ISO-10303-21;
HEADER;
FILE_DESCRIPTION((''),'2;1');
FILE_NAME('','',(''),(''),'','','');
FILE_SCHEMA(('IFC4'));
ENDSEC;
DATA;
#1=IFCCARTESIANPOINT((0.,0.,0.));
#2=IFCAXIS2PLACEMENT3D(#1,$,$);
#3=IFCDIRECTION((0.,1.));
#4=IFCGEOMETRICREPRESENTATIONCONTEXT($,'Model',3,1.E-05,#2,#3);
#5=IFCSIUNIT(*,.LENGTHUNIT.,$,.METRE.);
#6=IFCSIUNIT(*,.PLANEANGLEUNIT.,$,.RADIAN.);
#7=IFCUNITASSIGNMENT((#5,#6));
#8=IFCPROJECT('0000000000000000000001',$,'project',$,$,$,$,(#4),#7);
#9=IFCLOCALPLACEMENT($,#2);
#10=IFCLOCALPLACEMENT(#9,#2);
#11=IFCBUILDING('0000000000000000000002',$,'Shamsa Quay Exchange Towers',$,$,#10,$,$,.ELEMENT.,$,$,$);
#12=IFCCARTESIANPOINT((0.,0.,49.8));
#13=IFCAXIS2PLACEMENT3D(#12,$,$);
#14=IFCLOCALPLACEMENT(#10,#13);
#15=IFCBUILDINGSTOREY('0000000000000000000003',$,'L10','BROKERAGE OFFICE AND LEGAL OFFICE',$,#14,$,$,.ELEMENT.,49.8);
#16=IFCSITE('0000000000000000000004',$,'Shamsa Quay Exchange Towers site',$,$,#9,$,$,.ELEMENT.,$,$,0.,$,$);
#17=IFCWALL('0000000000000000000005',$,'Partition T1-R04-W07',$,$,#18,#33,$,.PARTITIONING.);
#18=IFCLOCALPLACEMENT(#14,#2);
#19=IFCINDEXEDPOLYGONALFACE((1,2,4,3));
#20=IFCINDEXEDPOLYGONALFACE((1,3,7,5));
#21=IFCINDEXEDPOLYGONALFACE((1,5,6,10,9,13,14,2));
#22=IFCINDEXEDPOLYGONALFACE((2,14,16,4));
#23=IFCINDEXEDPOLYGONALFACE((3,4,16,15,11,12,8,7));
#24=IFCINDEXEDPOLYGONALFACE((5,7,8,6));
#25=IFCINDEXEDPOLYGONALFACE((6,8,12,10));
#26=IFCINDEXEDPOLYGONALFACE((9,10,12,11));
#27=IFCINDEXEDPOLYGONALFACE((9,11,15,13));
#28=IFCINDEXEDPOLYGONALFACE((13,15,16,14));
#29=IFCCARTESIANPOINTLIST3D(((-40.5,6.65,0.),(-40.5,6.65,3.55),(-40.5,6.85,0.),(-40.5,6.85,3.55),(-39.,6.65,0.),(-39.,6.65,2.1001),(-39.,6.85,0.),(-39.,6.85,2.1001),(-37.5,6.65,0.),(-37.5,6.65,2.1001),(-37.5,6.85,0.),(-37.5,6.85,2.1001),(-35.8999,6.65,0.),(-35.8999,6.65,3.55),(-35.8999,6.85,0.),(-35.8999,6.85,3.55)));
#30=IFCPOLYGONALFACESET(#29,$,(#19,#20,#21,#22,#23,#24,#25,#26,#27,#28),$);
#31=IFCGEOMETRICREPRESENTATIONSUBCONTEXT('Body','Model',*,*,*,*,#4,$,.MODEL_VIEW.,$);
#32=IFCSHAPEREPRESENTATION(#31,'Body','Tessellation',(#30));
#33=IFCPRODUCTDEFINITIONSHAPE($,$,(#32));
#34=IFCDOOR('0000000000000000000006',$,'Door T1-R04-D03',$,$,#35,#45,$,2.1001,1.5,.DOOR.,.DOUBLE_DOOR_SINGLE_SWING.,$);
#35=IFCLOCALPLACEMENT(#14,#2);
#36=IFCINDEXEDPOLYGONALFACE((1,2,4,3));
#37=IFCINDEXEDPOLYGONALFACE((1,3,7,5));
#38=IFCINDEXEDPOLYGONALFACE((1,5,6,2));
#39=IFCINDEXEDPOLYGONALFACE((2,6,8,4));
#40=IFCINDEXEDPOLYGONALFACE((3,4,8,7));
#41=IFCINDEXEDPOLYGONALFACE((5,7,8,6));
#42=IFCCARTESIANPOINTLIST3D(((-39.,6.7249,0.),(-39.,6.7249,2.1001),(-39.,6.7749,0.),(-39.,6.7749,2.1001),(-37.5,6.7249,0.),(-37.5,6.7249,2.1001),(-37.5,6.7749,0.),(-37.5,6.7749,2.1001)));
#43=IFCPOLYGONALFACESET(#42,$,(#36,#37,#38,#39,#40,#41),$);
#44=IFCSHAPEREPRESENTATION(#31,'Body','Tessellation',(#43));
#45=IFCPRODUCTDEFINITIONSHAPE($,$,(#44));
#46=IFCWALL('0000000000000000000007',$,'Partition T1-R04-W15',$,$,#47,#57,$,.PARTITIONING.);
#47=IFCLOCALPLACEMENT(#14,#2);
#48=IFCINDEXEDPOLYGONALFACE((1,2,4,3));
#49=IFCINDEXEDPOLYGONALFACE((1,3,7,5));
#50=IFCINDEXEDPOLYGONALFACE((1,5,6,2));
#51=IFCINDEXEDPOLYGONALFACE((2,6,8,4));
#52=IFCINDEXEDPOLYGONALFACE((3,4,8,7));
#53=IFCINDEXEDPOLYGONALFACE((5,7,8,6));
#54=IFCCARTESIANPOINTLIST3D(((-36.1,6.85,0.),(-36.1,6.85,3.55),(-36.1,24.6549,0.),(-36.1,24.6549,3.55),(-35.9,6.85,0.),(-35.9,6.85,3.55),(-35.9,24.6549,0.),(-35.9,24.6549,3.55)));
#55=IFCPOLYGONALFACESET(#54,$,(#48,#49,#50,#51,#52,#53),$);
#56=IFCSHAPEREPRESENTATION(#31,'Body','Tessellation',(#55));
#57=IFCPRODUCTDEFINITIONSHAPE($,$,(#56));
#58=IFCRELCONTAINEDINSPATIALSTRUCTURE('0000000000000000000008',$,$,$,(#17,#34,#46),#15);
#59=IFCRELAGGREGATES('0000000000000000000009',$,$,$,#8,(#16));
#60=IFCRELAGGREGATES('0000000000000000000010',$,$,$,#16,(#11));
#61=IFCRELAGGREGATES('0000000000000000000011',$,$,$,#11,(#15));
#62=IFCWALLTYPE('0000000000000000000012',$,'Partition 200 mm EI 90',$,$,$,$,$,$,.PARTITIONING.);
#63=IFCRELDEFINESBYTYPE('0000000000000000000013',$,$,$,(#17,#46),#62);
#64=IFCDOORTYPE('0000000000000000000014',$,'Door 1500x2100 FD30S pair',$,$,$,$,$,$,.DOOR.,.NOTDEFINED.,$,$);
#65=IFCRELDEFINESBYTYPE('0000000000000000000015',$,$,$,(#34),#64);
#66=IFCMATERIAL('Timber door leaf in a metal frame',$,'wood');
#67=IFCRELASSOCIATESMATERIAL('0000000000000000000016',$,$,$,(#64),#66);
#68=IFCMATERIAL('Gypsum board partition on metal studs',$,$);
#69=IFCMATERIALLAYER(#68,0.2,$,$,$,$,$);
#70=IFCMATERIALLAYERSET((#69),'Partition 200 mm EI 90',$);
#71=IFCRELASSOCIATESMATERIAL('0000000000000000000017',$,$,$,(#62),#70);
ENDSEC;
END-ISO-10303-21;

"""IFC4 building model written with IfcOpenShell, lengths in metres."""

from ifc_helpers import new_model, si_unit, direction, frame, frame_2d, origin, place, context, subcontext, project, spatial, rectangle, extrude, material, layer, layer_set, type_object, element, fill, save


model = new_model("IFC4")

# Units and contexts
model_context = context("Model", 3, precision=1e-05, world=origin(), true_north=direction((0.0, 1.0)))
body_context = subcontext(model_context, "Body", "Model", "MODEL_VIEW")
ifc_project = project(units=[si_unit("LENGTHUNIT", "METRE"), si_unit("PLANEANGLEUNIT", "RADIAN")], contexts=[model_context])

# Site, building, storey
site_placement = place(None, origin())
site = spatial("IfcSite", under=ifc_project, at=site_placement, Name="Shamsa Quay Exchange Towers site", CompositionType="ELEMENT", RefElevation=0.0)
building_placement = place(site_placement, origin())
building = spatial("IfcBuilding", under=site, at=building_placement, Name="Shamsa Quay Exchange Towers", CompositionType="ELEMENT")
storey_placement = place(building_placement, frame((0.0, 0.0, 49.8)))
storey = spatial("IfcBuildingStorey", under=building, at=storey_placement, Name="L10", Description="BROKERAGE OFFICE AND LEGAL OFFICE", CompositionType="ELEMENT", Elevation=49.8)

# Shared definitions
ifc_material_1 = material(Name="Gypsum board partition on metal studs")
ifc_material_2 = material(Name="Timber door leaf in a metal frame", Category="wood")

# Shared definitions
door_type_1 = type_object("IfcDoorType", Name="Door 1500x2100 FD30S pair", OperationType="NOTDEFINED", PredefinedType="DOOR", material=ifc_material_2)

# Wall, opening, door
ifc_layer_1 = layer(ifc_material_1, 0.2)
ifc_layer_set_1 = layer_set([ifc_layer_1], Name="Partition 200 mm EI 90")
wall_type_1 = type_object("IfcWallType", Name="Partition 200 mm EI 90", PredefinedType="PARTITIONING", material=ifc_layer_set_1)
wall_1_placement = place(storey_placement, frame((-40.5, 6.75, 0.0)))
wall_1 = element("IfcWall", 1, at=wall_1_placement, inside=storey, type_object=wall_type_1, Name="Partition T1-R04-W07", PredefinedType="PARTITIONING", context=body_context, shape_type="SweptSolid", body=[
    extrude(rectangle(XDim=4.6001, YDim=0.2, at=frame_2d((2.3, 0.0))), origin(), (0.0, 0.0, 1.0), 3.55),
])
opening_1_placement = place(wall_1_placement, frame((1.5, 0.0, 0.0)))
opening_1 = element("IfcOpeningElement", 2, at=opening_1_placement, cuts=wall_1, PredefinedType="OPENING", context=body_context, shape_type="SweptSolid", body=[
    extrude(rectangle(XDim=1.5, YDim=2.1001, at=frame_2d((0.75, 1.05))), frame((0.0, 0.1099, 0.0), z_axis=(0.0, -1.0, 0.0), x_axis=(1.0, 0.0, 0.0)), (0.0, 0.0, 1.0), 0.22),
])
door_1_placement = place(opening_1_placement, origin())
door_1 = element("IfcDoor", 3, at=door_1_placement, inside=storey, type_object=door_type_1, Name="Door T1-R04-D03", OperationType="DOUBLE_DOOR_SINGLE_SWING", OverallHeight=2.1001, OverallWidth=1.5, PredefinedType="DOOR", context=body_context, shape_type="SweptSolid", body=[
    extrude(rectangle(XDim=1.5, YDim=2.1001, at=frame_2d((0.75, 1.05))), frame((0.0, 0.0249, 0.0), z_axis=(0.0, -1.0, 0.0), x_axis=(1.0, 0.0, 0.0)), (0.0, 0.0, 1.0), 0.05),
])
fill(opening_1, door_1)

# Wall
wall_2_placement = place(storey_placement, frame((-36.0, 6.8501, 0.0), z_axis=(0.0, 0.0, 1.0), x_axis=(0.0, 1.0, 0.0)))
element("IfcWall", 4, at=wall_2_placement, inside=storey, type_object=wall_type_1, Name="Partition T1-R04-W15", PredefinedType="PARTITIONING", context=body_context, shape_type="SweptSolid", body=[
    extrude(rectangle(XDim=17.8049, YDim=0.2, at=frame_2d((8.9023, 0.0))), origin(), (0.0, 0.0, 1.0), 3.55),
])

save(model, "model.ifc")
